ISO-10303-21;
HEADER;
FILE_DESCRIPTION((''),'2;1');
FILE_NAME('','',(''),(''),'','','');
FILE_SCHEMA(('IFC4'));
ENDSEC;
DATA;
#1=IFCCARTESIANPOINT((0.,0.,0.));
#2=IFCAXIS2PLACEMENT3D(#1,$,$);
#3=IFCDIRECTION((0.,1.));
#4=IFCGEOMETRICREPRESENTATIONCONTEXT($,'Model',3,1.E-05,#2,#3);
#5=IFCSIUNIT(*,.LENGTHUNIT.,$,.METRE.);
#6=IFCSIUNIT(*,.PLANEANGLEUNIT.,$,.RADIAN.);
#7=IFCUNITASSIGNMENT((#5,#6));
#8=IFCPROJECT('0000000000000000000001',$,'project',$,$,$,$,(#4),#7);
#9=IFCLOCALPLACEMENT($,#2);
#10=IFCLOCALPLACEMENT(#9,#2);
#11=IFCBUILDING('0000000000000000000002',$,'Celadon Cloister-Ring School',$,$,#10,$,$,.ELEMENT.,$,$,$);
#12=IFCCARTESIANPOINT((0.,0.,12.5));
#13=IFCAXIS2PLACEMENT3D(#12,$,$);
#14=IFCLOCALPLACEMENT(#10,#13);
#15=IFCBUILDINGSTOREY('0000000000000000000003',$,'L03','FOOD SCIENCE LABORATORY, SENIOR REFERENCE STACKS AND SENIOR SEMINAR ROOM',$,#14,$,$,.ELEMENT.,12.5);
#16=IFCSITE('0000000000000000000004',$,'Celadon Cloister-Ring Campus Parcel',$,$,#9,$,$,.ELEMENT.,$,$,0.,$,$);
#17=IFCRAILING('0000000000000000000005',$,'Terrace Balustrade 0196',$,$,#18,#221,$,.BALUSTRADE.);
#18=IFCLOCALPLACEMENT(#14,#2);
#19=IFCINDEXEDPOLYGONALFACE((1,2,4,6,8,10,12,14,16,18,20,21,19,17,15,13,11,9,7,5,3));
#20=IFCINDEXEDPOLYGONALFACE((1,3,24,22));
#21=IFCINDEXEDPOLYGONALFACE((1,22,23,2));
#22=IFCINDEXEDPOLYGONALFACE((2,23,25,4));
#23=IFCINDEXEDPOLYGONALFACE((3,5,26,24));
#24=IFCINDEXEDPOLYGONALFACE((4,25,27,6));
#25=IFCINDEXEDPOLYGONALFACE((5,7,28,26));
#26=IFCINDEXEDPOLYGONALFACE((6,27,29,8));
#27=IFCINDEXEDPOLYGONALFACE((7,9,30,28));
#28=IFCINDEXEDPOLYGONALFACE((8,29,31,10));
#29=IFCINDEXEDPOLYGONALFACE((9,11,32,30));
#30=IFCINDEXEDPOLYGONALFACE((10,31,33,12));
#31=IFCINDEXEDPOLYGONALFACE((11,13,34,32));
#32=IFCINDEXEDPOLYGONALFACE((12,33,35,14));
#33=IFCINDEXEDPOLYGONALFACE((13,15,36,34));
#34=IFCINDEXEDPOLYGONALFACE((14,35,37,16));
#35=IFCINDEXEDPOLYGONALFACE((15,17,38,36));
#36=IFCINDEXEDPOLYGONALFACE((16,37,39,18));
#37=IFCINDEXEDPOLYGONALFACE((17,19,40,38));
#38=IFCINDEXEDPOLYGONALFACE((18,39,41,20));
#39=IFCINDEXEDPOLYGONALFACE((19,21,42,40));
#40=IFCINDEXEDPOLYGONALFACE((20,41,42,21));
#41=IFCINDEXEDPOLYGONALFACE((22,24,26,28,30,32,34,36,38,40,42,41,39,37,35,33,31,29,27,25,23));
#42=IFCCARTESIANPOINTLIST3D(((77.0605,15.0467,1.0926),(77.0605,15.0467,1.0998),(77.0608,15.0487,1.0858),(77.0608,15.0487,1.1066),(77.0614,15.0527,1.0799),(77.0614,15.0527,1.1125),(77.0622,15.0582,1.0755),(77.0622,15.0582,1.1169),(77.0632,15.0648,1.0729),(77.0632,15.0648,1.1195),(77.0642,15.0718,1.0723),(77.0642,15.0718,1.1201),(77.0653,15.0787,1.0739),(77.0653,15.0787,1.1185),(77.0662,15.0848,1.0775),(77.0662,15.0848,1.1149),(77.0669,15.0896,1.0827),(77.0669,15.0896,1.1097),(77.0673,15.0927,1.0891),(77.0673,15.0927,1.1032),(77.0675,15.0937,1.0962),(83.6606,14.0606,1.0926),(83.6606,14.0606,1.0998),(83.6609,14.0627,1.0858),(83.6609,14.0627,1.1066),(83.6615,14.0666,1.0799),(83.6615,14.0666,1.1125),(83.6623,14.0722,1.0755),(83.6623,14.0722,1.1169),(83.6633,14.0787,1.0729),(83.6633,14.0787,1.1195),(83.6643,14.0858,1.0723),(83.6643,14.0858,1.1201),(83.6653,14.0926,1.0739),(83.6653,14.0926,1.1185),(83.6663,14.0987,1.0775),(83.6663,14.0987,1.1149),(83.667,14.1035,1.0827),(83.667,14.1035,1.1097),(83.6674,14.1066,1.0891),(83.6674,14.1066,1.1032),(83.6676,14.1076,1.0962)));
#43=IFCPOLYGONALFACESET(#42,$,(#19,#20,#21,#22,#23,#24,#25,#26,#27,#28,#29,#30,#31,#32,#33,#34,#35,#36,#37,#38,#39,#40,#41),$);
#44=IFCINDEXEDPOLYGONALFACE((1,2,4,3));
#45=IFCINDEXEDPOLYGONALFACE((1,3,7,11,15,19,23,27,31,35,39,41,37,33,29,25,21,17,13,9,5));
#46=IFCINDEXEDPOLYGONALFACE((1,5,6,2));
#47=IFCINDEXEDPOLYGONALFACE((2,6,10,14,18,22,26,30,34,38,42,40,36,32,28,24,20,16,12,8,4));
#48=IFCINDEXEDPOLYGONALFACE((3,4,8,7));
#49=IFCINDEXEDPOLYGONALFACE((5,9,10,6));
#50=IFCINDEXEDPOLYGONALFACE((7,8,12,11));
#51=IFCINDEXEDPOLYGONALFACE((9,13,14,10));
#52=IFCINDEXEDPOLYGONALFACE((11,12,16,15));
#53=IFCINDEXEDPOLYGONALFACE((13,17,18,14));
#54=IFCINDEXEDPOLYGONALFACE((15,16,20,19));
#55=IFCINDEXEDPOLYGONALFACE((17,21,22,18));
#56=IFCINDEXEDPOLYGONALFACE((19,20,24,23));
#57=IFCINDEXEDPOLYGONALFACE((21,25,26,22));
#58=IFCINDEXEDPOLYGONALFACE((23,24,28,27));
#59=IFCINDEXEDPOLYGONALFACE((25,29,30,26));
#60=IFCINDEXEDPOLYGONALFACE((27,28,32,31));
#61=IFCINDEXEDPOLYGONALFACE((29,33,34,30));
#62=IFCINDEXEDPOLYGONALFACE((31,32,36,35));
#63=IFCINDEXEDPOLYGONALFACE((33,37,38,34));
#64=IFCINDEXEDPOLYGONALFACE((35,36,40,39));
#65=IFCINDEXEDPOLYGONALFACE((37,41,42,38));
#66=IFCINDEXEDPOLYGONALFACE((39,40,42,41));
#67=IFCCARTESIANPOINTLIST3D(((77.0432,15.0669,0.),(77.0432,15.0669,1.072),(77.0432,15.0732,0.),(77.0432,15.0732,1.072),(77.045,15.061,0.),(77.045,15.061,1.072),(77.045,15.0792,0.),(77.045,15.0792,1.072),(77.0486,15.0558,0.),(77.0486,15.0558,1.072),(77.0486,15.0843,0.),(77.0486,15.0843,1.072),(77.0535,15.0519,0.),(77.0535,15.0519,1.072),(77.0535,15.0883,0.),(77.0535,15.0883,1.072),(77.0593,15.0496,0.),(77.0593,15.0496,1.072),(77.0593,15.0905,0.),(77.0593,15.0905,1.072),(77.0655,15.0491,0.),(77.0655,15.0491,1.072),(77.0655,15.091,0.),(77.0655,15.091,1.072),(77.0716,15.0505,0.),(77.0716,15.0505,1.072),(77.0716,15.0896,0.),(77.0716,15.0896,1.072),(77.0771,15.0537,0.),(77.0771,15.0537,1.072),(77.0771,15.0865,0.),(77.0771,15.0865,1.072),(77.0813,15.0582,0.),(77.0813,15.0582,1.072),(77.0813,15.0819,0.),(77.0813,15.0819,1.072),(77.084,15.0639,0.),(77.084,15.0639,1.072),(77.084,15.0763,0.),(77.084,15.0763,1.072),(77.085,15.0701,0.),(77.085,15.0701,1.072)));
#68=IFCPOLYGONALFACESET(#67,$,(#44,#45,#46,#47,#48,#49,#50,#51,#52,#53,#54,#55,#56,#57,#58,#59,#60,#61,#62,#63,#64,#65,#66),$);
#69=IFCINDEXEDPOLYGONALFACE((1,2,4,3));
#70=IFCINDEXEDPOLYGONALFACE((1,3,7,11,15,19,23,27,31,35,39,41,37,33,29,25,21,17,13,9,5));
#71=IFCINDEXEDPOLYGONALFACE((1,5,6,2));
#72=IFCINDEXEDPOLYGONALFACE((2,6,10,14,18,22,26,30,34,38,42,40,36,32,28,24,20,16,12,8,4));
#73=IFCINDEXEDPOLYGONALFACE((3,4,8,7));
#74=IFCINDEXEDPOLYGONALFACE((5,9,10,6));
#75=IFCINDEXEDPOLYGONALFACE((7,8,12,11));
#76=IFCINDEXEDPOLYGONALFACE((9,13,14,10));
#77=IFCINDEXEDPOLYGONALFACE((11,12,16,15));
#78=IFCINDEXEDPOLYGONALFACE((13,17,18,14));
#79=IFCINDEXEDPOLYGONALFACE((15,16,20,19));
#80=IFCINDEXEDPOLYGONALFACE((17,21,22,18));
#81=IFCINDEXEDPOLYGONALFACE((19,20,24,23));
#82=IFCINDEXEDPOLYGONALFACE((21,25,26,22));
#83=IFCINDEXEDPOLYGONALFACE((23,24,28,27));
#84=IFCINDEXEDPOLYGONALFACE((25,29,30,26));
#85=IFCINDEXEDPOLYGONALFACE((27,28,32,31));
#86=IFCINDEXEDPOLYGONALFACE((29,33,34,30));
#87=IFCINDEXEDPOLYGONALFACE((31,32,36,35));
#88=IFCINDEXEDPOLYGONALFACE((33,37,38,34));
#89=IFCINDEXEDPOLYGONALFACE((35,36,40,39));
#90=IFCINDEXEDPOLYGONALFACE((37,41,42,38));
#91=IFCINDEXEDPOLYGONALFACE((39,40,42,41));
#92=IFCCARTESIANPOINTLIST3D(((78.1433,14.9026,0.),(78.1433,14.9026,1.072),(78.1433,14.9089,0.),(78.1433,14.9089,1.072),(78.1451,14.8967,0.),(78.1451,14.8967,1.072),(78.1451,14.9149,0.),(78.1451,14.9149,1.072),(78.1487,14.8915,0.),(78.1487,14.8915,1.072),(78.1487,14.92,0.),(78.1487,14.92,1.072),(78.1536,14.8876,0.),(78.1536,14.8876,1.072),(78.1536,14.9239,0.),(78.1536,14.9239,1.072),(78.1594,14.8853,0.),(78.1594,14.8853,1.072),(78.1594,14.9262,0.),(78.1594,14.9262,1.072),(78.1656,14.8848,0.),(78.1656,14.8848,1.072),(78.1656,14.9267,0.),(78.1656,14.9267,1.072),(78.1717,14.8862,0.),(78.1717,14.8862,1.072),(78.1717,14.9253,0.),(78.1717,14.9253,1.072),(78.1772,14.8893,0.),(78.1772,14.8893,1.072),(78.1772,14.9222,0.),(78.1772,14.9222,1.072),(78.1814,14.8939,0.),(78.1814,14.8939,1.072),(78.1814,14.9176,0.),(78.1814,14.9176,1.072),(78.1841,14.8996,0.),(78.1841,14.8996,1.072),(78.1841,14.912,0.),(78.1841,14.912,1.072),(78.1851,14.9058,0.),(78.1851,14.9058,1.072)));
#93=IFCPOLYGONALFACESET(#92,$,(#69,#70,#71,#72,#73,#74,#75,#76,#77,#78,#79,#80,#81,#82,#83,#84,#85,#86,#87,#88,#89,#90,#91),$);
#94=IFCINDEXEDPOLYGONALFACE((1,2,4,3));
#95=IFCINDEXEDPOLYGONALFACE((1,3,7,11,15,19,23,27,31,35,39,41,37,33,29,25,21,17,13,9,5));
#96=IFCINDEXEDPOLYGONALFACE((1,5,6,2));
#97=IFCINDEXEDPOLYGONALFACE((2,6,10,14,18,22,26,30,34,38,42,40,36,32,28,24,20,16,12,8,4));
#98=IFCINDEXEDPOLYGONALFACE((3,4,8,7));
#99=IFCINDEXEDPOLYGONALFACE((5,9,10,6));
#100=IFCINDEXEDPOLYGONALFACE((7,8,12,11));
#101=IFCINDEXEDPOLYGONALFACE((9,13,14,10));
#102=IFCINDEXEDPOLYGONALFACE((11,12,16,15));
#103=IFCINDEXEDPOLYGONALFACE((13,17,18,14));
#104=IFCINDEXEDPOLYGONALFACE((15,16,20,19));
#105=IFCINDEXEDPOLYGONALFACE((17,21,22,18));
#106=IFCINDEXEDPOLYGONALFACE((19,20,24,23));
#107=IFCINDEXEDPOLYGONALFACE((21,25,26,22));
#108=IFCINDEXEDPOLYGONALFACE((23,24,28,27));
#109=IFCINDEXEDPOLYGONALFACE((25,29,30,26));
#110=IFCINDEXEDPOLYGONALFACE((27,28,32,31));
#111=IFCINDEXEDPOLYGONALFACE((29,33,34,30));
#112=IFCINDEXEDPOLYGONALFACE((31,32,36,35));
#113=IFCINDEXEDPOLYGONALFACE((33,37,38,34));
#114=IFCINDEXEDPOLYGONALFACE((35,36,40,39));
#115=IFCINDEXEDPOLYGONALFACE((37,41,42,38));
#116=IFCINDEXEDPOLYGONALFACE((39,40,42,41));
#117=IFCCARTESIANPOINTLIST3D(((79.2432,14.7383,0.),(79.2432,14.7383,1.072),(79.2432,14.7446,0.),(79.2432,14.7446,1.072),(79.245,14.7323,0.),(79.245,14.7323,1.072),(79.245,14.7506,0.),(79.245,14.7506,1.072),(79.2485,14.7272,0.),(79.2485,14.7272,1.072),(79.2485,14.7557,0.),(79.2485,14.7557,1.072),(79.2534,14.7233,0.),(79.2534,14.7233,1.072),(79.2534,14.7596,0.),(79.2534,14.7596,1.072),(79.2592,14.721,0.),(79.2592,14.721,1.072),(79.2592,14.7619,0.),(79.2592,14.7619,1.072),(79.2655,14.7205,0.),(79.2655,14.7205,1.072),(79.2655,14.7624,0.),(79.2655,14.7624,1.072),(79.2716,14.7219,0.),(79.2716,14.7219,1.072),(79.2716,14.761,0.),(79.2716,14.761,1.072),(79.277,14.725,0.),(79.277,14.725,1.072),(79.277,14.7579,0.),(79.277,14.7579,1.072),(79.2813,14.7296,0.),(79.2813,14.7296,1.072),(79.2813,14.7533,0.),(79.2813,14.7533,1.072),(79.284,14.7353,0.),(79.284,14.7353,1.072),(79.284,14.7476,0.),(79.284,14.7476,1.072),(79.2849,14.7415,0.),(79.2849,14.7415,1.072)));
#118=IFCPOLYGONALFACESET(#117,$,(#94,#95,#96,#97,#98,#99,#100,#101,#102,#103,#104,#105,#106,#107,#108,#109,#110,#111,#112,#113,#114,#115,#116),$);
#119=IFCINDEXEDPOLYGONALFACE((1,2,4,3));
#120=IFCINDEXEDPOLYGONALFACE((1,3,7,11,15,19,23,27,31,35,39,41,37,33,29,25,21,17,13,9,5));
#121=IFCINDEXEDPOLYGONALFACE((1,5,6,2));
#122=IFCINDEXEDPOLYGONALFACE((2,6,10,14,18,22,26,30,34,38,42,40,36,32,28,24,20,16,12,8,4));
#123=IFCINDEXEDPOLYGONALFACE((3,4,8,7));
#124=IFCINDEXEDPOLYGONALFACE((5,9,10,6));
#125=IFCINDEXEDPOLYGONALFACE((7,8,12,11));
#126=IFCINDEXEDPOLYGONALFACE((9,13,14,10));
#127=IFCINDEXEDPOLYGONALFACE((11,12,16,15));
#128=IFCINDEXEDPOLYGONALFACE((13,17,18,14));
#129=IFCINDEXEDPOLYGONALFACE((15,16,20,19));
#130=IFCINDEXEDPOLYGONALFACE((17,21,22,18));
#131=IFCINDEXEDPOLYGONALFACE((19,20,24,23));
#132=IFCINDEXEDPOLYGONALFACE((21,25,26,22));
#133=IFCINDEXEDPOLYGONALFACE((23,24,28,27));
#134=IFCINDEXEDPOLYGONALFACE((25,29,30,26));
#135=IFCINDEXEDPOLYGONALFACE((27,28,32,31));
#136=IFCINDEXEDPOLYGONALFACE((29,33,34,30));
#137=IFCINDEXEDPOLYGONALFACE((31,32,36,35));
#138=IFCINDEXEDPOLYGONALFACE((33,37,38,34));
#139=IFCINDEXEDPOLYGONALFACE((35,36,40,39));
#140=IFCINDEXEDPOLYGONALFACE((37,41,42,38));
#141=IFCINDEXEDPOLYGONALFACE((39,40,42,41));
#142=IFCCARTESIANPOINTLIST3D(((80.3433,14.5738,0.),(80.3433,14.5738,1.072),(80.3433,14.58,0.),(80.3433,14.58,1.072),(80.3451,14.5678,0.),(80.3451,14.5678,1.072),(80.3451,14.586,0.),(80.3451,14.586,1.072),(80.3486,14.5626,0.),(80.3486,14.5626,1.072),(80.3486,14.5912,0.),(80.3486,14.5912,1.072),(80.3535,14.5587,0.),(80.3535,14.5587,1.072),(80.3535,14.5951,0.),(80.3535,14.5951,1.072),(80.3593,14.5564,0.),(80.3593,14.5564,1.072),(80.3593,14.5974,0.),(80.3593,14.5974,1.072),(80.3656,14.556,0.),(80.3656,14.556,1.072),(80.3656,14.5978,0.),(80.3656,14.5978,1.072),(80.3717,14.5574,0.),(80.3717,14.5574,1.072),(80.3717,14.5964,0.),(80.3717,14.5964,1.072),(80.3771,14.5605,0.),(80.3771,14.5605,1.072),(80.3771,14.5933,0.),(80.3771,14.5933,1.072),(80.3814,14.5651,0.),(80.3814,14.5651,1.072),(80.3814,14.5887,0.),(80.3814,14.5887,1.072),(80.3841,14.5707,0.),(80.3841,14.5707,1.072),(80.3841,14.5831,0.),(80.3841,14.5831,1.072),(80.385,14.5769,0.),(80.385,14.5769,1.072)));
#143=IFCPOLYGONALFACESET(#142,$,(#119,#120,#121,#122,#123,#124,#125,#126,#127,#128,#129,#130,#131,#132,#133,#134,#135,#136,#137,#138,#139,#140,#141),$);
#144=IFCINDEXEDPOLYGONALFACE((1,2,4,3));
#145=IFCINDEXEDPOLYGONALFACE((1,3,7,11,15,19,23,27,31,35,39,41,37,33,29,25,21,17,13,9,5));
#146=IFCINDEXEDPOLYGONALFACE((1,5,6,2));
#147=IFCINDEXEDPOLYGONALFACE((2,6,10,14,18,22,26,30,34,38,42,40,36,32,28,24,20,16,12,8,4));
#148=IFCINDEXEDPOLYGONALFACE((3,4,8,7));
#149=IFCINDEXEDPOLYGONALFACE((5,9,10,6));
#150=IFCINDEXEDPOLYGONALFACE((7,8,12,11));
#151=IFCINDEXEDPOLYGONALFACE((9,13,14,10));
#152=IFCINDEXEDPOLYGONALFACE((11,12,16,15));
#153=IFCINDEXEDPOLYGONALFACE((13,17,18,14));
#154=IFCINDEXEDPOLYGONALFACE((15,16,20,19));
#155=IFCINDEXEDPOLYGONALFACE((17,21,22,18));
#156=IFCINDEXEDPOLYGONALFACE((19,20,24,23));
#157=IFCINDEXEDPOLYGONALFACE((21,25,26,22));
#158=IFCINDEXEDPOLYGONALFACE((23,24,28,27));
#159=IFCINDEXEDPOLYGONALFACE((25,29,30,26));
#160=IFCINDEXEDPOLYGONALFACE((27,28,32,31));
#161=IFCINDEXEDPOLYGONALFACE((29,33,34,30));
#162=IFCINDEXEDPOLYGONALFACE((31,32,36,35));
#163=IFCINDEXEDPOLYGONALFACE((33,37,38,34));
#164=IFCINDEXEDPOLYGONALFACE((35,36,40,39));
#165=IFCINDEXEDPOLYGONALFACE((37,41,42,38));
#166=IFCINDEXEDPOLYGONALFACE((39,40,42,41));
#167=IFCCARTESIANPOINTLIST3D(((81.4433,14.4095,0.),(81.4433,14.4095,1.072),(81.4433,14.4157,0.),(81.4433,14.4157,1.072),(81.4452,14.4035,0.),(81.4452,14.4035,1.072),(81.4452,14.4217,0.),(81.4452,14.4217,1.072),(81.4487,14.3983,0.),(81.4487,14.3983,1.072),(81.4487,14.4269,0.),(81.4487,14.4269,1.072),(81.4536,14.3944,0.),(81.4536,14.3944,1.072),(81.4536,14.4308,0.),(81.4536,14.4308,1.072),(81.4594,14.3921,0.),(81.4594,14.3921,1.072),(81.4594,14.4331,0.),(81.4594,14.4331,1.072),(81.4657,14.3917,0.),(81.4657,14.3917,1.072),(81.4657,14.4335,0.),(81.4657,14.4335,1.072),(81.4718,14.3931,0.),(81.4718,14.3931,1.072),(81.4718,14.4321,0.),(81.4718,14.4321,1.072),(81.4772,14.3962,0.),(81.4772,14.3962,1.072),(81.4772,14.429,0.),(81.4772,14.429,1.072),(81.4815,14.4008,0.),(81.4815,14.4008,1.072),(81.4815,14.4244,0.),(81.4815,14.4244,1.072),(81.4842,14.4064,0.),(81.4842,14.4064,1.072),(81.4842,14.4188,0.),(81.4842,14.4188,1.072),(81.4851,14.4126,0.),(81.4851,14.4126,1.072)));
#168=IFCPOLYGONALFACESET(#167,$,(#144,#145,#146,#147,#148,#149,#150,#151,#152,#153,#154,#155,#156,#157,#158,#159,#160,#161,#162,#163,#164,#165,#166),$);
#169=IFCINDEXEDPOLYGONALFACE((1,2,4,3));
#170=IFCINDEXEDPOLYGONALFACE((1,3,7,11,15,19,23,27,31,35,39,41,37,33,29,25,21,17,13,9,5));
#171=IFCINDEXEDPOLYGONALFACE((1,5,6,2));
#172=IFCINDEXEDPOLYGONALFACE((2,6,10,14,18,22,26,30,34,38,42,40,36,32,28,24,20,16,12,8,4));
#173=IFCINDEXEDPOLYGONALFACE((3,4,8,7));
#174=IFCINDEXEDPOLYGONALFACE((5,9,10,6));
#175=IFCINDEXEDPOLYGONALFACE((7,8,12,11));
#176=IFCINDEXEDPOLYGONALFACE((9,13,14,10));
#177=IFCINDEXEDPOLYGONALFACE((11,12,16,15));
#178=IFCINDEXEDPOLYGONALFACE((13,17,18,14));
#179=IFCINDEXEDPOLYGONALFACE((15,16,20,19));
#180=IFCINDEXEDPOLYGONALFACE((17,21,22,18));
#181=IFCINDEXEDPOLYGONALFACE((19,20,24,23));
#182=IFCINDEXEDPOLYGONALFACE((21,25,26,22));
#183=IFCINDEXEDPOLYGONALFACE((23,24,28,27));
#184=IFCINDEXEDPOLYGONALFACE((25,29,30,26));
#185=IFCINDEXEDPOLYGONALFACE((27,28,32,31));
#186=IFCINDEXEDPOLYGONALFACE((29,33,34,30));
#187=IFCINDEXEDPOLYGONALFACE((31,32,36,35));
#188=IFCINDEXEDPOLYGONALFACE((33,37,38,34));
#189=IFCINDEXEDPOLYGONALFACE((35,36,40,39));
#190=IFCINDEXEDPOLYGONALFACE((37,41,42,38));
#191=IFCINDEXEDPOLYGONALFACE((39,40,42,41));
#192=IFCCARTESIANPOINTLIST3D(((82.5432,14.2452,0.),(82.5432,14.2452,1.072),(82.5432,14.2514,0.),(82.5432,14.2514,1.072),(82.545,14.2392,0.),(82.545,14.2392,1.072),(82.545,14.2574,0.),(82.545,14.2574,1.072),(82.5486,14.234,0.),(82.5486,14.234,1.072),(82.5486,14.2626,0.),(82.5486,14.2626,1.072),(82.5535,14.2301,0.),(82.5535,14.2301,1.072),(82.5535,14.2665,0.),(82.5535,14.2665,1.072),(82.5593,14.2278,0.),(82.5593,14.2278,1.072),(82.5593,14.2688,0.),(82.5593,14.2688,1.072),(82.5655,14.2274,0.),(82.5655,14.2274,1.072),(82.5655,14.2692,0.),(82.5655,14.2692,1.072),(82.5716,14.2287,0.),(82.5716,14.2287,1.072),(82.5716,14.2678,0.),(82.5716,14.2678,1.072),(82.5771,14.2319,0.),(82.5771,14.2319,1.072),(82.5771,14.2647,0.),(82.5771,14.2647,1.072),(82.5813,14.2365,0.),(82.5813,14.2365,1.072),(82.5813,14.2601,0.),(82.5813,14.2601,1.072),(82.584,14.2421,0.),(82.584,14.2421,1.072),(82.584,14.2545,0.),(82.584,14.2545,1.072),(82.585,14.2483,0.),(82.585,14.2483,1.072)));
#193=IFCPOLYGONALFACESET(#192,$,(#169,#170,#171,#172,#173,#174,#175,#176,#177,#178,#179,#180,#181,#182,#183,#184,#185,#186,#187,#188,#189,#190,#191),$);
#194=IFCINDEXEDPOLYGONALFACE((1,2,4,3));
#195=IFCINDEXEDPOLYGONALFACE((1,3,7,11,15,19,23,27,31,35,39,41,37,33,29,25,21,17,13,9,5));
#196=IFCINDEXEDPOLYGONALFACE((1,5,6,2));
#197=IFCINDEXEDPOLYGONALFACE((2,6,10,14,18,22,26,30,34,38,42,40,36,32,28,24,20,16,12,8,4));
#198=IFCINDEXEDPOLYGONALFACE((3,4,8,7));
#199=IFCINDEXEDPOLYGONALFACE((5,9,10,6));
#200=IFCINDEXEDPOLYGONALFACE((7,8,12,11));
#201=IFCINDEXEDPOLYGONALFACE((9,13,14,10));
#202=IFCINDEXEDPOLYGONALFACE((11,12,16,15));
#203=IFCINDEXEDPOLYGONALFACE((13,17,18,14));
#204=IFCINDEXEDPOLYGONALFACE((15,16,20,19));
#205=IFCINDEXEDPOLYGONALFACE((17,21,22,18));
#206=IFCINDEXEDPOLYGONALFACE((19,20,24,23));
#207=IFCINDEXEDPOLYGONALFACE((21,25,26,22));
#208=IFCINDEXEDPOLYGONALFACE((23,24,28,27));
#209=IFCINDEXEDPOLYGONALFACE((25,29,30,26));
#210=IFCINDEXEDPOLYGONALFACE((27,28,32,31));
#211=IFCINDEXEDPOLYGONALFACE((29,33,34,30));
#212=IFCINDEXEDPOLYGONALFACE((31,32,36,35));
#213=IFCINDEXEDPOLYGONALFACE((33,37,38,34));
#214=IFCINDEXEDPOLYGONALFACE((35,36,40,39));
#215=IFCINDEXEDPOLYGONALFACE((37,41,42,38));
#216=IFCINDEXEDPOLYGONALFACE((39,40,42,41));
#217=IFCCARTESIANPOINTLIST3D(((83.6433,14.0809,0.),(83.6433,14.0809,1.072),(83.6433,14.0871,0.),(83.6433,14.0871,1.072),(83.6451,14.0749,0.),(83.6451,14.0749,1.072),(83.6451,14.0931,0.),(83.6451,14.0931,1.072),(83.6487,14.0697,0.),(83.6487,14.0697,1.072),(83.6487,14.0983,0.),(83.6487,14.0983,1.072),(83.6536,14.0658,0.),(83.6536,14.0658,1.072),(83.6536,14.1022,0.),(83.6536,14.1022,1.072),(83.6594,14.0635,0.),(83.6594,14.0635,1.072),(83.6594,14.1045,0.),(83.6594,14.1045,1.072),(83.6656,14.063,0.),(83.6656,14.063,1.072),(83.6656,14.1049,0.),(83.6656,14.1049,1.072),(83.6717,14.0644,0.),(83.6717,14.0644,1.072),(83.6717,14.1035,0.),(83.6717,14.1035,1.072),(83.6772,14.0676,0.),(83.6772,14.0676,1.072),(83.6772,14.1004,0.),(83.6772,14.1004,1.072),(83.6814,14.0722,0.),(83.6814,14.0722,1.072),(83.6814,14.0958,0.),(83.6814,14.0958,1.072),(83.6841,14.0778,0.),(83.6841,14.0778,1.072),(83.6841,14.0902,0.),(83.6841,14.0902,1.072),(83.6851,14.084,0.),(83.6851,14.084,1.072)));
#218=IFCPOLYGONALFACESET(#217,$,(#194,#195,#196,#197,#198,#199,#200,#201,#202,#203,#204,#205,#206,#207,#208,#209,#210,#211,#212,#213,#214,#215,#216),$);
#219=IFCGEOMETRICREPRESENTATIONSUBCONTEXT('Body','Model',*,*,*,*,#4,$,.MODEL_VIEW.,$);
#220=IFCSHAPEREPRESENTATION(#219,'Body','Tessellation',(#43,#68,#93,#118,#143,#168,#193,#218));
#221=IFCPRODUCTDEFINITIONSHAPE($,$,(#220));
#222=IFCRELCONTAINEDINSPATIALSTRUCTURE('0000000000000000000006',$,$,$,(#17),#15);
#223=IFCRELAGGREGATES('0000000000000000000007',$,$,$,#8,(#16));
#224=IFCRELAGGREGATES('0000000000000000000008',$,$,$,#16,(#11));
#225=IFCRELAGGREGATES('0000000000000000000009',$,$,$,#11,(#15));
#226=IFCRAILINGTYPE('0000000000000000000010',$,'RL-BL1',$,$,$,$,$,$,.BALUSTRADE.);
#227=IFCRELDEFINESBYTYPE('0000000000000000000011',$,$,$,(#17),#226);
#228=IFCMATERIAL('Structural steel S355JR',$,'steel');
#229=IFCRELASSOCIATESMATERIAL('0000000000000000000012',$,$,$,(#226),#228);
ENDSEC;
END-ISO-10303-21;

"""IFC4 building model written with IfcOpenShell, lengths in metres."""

from ifc_helpers import new_model, si_unit, direction, frame, origin, origin_2d, place, context, subcontext, project, spatial, circle, extrude, material, type_object, element, save


model = new_model("IFC4")

# Units and contexts
model_context = context("Model", 3, precision=1e-05, world=origin(), true_north=direction((0.0, 1.0)))
body_context = subcontext(model_context, "Body", "Model", "MODEL_VIEW")
ifc_project = project(units=[si_unit("LENGTHUNIT", "METRE"), si_unit("PLANEANGLEUNIT", "RADIAN")], contexts=[model_context])

# Site, building, storey
site_placement = place(None, origin())
site = spatial("IfcSite", under=ifc_project, at=site_placement, Name="Celadon Cloister-Ring Campus Parcel", CompositionType="ELEMENT", RefElevation=0.0)
building_placement = place(site_placement, origin())
building = spatial("IfcBuilding", under=site, at=building_placement, Name="Celadon Cloister-Ring School", CompositionType="ELEMENT")
storey_placement = place(building_placement, frame((0.0, 0.0, 12.5)))
storey = spatial("IfcBuildingStorey", under=building, at=storey_placement, Name="L03", Description="FOOD SCIENCE LABORATORY, SENIOR REFERENCE STACKS AND SENIOR SEMINAR ROOM", CompositionType="ELEMENT", Elevation=12.5)

# Railing
ifc_material_1 = material(Name="Structural steel S355JR", Category="steel")
railing_type = type_object("IfcRailingType", Name="RL-BL1", PredefinedType="BALUSTRADE", material=ifc_material_1)
railing_placement = place(storey_placement, frame((77.064, 15.0701, 0.0)))
element("IfcRailing", 1, at=railing_placement, inside=storey, type_object=railing_type, Name="Terrace Balustrade 0196", PredefinedType="BALUSTRADE", context=body_context, shape_type="SweptSolid", body=[
    extrude(circle(Radius=0.0239, at=origin_2d()), frame((0.0, 0.0, 1.0962), z_axis=(0.989023, -0.147764, 0.0), x_axis=(0.147764, 0.989023, 0.0)), (0.0, 0.0, 1.0), 6.6733),
    extrude(circle(Radius=0.021, at=origin_2d()), origin(), (0.0, 0.0, 1.0), 1.072),
    extrude(circle(Radius=0.021, at=origin_2d()), frame((1.1001, -0.1643, 0.0)), (0.0, 0.0, 1.0), 1.072),
    extrude(circle(Radius=0.021, at=origin_2d()), frame((2.2, -0.3286, 0.0)), (0.0, 0.0, 1.0), 1.072),
    extrude(circle(Radius=0.021, at=origin_2d()), frame((3.3, -0.4932, 0.0)), (0.0, 0.0, 1.0), 1.072),
    extrude(circle(Radius=0.021, at=origin_2d()), frame((4.4001, -0.6575, 0.0)), (0.0, 0.0, 1.0), 1.072),
    extrude(circle(Radius=0.021, at=origin_2d()), frame((5.5, -0.8218, 0.0)), (0.0, 0.0, 1.0), 1.072),
    extrude(circle(Radius=0.021, at=origin_2d()), frame((6.6001, -0.9861, 0.0)), (0.0, 0.0, 1.0), 1.072),
])

save(model, "model.ifc")
